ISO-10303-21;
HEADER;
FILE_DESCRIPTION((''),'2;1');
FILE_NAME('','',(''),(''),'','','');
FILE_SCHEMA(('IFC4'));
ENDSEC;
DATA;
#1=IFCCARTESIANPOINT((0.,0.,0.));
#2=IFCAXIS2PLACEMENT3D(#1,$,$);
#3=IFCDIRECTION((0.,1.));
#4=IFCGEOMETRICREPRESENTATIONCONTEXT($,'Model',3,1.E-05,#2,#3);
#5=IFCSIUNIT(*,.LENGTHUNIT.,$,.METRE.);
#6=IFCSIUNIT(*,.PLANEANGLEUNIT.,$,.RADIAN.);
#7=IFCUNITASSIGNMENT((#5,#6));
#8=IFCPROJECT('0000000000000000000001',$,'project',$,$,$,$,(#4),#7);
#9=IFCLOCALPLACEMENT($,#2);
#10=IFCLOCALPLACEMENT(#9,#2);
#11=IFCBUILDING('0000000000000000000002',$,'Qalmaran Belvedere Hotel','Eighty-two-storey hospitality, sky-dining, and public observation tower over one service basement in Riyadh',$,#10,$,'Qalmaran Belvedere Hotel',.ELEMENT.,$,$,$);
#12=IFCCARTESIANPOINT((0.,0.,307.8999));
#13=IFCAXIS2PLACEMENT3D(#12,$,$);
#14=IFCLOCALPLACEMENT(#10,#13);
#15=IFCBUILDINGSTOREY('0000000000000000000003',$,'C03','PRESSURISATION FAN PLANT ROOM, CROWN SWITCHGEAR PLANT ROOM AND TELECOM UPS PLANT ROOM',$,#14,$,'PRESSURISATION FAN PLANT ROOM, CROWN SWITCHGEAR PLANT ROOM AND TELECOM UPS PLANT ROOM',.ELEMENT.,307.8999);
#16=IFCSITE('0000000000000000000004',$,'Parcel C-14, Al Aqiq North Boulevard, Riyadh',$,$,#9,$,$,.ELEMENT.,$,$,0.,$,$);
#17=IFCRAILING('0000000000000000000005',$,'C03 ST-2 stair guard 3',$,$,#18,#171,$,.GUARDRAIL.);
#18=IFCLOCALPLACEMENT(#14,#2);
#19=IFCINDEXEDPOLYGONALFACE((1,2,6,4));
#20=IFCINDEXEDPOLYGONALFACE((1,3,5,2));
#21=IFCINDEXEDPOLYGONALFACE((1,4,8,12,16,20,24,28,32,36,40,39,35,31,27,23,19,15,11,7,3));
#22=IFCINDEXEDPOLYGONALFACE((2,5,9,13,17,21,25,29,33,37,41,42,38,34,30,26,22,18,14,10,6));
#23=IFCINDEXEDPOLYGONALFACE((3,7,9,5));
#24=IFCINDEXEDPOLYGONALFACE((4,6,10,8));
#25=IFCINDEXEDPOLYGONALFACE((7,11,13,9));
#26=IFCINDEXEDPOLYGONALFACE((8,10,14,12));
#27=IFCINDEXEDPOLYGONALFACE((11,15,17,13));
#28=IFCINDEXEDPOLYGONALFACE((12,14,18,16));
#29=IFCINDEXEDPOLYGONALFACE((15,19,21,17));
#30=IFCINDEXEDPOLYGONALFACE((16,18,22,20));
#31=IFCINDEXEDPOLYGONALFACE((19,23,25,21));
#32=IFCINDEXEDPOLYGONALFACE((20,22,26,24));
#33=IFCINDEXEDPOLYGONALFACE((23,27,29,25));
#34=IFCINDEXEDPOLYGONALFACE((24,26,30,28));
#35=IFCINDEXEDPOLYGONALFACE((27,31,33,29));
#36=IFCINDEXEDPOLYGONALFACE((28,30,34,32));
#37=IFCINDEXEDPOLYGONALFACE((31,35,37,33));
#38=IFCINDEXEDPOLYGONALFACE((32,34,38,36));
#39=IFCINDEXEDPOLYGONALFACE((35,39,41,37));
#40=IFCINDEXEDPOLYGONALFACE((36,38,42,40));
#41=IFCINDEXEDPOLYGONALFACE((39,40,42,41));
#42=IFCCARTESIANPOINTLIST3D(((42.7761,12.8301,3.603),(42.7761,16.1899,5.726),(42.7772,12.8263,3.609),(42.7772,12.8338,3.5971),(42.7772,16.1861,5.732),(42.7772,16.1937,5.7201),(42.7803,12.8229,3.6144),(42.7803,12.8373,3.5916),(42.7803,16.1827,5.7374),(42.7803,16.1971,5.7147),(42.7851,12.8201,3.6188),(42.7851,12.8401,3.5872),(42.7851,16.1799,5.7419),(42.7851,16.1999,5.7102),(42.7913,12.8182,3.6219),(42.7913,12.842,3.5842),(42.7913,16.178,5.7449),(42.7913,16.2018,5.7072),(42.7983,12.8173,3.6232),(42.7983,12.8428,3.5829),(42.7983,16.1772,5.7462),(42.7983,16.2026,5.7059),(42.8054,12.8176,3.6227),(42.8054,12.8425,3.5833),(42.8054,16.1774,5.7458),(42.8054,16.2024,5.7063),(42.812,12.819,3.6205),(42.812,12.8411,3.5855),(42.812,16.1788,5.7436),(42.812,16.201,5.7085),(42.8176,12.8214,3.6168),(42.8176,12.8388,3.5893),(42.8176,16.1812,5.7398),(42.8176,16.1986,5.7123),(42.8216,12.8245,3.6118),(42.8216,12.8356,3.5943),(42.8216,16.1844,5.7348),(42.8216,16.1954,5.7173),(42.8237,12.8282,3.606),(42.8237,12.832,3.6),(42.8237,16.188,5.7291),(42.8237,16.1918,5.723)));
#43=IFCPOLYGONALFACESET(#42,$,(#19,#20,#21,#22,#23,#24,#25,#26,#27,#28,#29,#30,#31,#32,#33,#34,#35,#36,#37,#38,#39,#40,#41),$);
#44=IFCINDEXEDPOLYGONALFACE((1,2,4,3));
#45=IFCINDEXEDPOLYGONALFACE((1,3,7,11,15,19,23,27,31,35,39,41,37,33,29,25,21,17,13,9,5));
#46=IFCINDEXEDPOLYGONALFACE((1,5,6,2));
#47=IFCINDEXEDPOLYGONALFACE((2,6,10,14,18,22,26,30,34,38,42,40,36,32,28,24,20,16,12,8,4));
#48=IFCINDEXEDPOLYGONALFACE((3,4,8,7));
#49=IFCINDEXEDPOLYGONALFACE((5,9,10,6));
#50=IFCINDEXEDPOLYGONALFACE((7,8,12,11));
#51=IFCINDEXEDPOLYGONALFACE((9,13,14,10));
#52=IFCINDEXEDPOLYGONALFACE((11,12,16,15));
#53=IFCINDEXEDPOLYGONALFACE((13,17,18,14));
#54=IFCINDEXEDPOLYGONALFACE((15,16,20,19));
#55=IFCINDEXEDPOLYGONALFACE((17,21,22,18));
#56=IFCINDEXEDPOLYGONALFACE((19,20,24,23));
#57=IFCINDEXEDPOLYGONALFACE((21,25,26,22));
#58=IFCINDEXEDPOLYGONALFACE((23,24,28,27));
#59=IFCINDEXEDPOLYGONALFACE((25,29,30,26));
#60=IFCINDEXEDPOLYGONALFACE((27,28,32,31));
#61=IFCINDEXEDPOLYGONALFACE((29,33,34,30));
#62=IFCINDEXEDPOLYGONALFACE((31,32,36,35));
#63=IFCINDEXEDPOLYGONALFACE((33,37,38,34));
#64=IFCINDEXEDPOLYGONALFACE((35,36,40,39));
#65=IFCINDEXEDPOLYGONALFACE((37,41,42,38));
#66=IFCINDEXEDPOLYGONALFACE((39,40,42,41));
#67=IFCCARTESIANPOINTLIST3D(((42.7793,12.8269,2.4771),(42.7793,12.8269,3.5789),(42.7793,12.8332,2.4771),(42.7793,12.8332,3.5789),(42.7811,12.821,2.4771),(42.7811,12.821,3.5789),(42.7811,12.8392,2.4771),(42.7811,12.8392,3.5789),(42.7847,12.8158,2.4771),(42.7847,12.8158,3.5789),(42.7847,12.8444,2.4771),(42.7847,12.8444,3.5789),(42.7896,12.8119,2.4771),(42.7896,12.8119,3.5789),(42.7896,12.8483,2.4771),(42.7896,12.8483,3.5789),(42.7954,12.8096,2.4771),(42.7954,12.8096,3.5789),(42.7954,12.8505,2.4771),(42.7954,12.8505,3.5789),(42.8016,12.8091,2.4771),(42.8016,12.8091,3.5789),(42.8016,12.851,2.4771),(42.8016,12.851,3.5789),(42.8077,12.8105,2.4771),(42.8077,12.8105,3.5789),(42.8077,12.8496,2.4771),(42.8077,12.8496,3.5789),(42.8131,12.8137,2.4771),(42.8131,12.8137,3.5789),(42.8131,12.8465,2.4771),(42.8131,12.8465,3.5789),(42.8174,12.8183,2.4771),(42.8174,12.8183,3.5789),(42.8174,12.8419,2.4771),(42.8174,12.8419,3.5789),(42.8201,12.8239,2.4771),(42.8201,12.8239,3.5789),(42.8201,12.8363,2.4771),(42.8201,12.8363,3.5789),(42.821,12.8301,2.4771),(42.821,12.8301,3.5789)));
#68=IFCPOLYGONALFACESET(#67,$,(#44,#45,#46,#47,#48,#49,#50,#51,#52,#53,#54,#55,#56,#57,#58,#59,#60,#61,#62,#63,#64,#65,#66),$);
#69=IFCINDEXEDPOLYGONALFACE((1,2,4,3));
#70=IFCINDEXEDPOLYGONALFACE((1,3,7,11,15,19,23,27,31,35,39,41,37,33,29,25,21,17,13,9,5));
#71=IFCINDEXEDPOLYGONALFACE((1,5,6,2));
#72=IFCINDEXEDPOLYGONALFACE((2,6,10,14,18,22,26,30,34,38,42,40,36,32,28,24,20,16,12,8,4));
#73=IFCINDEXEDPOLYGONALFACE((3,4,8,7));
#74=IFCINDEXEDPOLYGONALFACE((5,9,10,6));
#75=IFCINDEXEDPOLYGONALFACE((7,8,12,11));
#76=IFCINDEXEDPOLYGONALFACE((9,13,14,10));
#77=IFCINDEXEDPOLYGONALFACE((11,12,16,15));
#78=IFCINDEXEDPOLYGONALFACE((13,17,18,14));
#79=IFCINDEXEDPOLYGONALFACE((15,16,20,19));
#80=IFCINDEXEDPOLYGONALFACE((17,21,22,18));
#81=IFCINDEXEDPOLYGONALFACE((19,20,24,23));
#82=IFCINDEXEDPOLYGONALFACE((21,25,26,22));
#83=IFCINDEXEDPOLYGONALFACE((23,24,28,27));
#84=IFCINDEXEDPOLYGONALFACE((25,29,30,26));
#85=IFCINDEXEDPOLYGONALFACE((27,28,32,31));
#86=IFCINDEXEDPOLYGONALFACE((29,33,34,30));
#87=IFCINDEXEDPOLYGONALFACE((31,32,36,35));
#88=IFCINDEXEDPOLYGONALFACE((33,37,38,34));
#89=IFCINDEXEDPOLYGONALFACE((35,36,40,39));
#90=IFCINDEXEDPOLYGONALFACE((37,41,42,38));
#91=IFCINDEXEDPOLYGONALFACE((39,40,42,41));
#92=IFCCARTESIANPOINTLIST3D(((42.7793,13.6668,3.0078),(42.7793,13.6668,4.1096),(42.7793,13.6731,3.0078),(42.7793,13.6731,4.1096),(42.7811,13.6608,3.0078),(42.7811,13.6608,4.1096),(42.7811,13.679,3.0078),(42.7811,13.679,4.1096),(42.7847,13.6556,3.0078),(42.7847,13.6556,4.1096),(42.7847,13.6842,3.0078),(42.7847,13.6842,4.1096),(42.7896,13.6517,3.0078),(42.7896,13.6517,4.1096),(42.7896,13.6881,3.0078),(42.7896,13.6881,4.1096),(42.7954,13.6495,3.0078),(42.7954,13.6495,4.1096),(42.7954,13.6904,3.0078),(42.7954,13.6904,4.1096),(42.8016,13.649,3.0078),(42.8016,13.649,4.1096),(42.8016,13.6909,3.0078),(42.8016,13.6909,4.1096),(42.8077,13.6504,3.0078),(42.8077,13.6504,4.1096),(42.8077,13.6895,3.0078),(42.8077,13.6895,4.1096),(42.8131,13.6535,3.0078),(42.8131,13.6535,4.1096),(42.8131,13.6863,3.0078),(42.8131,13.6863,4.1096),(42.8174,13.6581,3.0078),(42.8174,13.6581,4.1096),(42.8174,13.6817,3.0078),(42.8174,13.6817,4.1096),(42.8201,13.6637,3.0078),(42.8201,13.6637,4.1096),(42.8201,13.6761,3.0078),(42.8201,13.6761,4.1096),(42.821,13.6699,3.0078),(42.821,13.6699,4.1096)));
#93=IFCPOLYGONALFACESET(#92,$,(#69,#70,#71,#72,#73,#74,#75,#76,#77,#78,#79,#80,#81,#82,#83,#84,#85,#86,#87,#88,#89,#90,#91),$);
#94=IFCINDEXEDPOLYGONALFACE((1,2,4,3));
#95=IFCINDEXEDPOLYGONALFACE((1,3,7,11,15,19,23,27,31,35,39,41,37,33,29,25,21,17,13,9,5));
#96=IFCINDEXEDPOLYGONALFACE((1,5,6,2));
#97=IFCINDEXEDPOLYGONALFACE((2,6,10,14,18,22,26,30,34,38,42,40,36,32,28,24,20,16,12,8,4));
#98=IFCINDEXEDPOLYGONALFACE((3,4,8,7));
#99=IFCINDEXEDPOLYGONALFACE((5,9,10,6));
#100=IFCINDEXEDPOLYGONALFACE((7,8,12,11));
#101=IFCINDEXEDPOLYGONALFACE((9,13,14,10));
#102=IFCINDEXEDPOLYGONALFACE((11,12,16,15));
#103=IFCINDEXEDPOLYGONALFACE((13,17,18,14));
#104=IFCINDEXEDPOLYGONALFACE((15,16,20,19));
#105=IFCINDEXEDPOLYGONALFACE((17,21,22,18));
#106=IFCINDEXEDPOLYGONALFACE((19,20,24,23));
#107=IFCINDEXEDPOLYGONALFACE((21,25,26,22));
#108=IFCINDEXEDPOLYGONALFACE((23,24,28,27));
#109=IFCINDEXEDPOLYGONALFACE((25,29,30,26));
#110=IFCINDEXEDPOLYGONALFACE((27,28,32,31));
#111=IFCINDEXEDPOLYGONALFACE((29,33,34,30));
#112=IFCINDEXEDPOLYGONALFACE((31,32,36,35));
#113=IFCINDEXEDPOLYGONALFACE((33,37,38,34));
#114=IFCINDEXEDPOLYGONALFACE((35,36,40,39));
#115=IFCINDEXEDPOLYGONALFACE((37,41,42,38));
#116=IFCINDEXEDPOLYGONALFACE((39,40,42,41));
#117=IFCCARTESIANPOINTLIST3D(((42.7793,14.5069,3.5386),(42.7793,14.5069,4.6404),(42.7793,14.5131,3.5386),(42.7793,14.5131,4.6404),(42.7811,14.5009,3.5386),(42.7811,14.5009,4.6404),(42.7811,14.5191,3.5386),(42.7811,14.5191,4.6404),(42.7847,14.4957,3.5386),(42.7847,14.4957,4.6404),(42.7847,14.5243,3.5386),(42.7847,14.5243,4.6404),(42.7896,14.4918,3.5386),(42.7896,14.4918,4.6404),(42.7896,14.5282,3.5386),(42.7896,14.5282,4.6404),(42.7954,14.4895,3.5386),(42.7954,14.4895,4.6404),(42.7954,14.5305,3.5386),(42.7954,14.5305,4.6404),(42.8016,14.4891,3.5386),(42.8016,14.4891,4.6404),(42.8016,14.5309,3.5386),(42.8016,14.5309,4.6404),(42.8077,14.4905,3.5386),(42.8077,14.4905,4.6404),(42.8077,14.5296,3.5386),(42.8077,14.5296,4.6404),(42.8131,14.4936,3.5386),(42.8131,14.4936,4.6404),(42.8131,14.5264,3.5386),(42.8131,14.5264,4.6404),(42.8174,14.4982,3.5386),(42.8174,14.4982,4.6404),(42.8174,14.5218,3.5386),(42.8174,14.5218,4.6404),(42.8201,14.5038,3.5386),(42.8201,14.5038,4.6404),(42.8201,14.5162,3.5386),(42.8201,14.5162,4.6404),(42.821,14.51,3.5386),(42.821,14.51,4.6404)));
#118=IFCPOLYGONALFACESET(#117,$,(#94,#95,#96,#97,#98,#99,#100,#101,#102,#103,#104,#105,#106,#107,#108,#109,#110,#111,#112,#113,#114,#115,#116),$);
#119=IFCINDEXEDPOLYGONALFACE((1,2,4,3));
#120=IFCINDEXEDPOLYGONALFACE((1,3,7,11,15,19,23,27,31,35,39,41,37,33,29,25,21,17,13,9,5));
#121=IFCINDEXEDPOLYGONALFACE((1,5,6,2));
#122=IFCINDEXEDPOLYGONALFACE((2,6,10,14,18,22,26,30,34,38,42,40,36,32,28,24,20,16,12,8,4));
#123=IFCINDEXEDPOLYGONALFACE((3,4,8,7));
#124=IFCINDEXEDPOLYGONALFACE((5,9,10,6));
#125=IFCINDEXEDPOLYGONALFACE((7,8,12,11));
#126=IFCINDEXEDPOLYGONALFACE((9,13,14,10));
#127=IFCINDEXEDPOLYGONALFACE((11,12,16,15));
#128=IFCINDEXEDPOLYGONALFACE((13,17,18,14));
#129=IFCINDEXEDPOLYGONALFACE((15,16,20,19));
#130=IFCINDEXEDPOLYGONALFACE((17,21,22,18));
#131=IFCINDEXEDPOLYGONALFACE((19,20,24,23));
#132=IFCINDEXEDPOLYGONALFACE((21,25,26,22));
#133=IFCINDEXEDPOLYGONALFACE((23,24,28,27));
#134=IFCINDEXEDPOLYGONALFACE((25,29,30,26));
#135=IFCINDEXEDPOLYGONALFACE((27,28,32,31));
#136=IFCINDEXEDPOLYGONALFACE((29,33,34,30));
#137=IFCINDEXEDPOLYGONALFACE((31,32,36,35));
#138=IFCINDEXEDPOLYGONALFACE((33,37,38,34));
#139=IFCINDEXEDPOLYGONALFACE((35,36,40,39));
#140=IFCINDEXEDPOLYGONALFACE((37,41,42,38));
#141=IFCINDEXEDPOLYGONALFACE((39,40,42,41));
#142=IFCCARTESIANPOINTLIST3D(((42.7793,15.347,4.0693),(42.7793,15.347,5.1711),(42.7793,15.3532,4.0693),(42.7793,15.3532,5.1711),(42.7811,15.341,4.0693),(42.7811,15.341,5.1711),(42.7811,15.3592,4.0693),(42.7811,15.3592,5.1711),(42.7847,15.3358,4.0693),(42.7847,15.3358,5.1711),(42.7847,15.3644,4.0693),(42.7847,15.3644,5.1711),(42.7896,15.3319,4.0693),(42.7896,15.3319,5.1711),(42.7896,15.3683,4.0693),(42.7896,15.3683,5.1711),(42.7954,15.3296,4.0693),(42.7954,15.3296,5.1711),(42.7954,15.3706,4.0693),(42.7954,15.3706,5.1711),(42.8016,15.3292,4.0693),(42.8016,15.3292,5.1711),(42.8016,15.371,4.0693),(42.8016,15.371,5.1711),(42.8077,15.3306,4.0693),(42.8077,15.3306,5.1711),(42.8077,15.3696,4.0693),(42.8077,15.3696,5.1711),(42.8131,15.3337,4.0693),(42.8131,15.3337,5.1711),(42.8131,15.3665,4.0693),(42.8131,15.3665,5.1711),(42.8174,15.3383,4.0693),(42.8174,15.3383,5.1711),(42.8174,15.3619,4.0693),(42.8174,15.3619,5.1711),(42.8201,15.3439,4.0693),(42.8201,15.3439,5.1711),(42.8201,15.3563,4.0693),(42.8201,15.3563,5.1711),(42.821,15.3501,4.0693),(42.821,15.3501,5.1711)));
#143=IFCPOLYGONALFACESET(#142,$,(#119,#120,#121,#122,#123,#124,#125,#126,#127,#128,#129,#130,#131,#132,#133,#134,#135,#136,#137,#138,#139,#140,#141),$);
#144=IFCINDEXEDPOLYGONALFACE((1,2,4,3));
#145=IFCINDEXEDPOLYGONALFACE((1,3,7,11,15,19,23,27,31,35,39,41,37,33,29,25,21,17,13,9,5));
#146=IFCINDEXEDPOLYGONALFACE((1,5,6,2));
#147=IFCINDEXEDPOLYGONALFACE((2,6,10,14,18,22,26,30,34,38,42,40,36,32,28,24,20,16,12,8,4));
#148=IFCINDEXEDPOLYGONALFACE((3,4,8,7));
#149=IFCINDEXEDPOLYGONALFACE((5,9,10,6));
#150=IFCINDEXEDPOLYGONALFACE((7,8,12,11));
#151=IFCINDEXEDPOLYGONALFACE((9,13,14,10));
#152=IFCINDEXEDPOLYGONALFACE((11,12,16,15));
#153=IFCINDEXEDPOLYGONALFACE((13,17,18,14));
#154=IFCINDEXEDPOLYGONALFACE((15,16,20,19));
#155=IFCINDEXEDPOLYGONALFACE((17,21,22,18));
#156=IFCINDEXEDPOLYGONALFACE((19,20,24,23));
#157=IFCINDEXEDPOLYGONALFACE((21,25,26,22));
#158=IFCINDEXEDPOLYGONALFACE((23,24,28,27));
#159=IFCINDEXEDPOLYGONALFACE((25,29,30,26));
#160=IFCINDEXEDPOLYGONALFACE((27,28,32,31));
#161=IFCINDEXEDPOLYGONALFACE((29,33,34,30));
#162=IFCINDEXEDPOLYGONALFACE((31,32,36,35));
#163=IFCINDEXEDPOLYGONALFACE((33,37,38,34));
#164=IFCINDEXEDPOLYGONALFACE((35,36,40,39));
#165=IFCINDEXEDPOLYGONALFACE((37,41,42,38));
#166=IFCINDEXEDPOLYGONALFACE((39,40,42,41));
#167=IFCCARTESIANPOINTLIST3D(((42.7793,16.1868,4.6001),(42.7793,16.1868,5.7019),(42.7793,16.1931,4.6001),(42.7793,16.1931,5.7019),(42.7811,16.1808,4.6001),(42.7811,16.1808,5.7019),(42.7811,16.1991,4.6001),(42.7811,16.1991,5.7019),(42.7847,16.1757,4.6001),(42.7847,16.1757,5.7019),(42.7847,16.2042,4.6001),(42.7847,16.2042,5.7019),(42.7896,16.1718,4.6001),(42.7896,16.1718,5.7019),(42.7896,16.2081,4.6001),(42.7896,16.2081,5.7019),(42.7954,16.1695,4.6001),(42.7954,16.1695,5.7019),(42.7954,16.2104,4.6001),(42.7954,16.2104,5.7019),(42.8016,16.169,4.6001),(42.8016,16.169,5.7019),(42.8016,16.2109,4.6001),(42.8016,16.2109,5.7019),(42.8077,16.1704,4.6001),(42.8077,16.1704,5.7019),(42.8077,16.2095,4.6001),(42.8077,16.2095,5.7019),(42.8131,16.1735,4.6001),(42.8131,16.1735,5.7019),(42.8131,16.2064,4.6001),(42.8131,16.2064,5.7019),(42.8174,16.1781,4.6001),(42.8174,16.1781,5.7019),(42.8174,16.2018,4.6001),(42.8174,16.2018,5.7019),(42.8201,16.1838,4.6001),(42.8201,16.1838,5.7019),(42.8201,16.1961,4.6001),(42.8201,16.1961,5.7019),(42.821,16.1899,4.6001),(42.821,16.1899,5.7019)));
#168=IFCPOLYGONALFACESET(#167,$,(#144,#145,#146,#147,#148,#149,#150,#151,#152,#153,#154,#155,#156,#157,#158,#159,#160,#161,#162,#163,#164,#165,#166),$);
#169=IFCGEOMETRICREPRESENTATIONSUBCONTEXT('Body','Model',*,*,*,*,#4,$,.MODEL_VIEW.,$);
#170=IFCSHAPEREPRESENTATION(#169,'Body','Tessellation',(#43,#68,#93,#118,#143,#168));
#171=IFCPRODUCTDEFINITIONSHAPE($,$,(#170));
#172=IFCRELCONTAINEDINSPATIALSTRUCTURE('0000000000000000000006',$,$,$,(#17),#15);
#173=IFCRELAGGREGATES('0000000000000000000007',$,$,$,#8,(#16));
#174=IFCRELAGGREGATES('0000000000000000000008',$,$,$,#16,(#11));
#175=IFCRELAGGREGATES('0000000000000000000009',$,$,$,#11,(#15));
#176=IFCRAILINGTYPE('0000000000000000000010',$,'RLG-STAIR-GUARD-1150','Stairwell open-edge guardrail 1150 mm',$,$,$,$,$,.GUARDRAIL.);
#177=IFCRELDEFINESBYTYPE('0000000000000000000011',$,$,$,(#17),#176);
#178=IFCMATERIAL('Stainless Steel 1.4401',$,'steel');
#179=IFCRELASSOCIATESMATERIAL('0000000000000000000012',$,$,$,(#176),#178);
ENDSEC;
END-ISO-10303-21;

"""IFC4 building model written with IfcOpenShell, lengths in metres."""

from ifc_helpers import new_model, si_unit, direction, frame, origin, origin_2d, place, context, subcontext, project, spatial, circle, extrude, material, type_object, element, save


model = new_model("IFC4")

# Units and contexts
model_context = context("Model", 3, precision=1e-05, world=origin(), true_north=direction((0.0, 1.0)))
body_context = subcontext(model_context, "Body", "Model", "MODEL_VIEW")
ifc_project = project(units=[si_unit("LENGTHUNIT", "METRE"), si_unit("PLANEANGLEUNIT", "RADIAN")], contexts=[model_context])

# Site, building, storey
site_placement = place(None, origin())
site = spatial("IfcSite", under=ifc_project, at=site_placement, Name="Parcel C-14, Al Aqiq North Boulevard, Riyadh", CompositionType="ELEMENT", RefElevation=0.0)
building_placement = place(site_placement, origin())
building = spatial("IfcBuilding", under=site, at=building_placement, Name="Qalmaran Belvedere Hotel", Description="Eighty-two-storey hospitality, sky-dining, and public observation tower over one service basement in Riyadh", LongName="Qalmaran Belvedere Hotel", CompositionType="ELEMENT")
storey_placement = place(building_placement, frame((0.0, 0.0, 307.8999)))
storey = spatial("IfcBuildingStorey", under=building, at=storey_placement, Name="C03", Description="PRESSURISATION FAN PLANT ROOM, CROWN SWITCHGEAR PLANT ROOM AND TELECOM UPS PLANT ROOM", LongName="PRESSURISATION FAN PLANT ROOM, CROWN SWITCHGEAR PLANT ROOM AND TELECOM UPS PLANT ROOM", CompositionType="ELEMENT", Elevation=307.8999)

# Railing
ifc_material_1 = material(Name="Stainless Steel 1.4401", Category="steel")
railing_type_1 = type_object("IfcRailingType", Name="RLG-STAIR-GUARD-1150", Description="Stairwell open-edge guardrail 1150 mm", PredefinedType="GUARDRAIL", material=ifc_material_1)
railing_1_placement = place(storey_placement, frame((42.8, 12.8301, 2.4771)))
element("IfcRailing", 1, at=railing_1_placement, inside=storey, type_object=railing_type_1, Name="C03 ST-2 stair guard 3", PredefinedType="GUARDRAIL", context=body_context, shape_type="SweptSolid", body=[
    extrude(circle(Radius=0.0239, at=origin_2d()), frame((0.0, 0.0, 1.126), z_axis=(0.0, 0.845372, 0.534178), x_axis=(-1.0, 0.0, 0.0)), (0.0, 0.0, 1.0), 3.9744),
    extrude(circle(Radius=0.021, at=origin_2d()), origin(), (0.0, 0.0, 1.0), 1.1018),
    extrude(circle(Radius=0.021, at=origin_2d()), frame((0.0, 0.8398, 0.5308)), (0.0, 0.0, 1.0), 1.1018),
    extrude(circle(Radius=0.021, at=origin_2d()), frame((0.0, 1.6799, 1.0615)), (0.0, 0.0, 1.0), 1.1018),
    extrude(circle(Radius=0.021, at=origin_2d()), frame((0.0, 2.52, 1.5923)), (0.0, 0.0, 1.0), 1.1018),
    extrude(circle(Radius=0.021, at=origin_2d()), frame((0.0, 3.3599, 2.123)), (0.0, 0.0, 1.0), 1.1018),
])

save(model, "model.ifc")
